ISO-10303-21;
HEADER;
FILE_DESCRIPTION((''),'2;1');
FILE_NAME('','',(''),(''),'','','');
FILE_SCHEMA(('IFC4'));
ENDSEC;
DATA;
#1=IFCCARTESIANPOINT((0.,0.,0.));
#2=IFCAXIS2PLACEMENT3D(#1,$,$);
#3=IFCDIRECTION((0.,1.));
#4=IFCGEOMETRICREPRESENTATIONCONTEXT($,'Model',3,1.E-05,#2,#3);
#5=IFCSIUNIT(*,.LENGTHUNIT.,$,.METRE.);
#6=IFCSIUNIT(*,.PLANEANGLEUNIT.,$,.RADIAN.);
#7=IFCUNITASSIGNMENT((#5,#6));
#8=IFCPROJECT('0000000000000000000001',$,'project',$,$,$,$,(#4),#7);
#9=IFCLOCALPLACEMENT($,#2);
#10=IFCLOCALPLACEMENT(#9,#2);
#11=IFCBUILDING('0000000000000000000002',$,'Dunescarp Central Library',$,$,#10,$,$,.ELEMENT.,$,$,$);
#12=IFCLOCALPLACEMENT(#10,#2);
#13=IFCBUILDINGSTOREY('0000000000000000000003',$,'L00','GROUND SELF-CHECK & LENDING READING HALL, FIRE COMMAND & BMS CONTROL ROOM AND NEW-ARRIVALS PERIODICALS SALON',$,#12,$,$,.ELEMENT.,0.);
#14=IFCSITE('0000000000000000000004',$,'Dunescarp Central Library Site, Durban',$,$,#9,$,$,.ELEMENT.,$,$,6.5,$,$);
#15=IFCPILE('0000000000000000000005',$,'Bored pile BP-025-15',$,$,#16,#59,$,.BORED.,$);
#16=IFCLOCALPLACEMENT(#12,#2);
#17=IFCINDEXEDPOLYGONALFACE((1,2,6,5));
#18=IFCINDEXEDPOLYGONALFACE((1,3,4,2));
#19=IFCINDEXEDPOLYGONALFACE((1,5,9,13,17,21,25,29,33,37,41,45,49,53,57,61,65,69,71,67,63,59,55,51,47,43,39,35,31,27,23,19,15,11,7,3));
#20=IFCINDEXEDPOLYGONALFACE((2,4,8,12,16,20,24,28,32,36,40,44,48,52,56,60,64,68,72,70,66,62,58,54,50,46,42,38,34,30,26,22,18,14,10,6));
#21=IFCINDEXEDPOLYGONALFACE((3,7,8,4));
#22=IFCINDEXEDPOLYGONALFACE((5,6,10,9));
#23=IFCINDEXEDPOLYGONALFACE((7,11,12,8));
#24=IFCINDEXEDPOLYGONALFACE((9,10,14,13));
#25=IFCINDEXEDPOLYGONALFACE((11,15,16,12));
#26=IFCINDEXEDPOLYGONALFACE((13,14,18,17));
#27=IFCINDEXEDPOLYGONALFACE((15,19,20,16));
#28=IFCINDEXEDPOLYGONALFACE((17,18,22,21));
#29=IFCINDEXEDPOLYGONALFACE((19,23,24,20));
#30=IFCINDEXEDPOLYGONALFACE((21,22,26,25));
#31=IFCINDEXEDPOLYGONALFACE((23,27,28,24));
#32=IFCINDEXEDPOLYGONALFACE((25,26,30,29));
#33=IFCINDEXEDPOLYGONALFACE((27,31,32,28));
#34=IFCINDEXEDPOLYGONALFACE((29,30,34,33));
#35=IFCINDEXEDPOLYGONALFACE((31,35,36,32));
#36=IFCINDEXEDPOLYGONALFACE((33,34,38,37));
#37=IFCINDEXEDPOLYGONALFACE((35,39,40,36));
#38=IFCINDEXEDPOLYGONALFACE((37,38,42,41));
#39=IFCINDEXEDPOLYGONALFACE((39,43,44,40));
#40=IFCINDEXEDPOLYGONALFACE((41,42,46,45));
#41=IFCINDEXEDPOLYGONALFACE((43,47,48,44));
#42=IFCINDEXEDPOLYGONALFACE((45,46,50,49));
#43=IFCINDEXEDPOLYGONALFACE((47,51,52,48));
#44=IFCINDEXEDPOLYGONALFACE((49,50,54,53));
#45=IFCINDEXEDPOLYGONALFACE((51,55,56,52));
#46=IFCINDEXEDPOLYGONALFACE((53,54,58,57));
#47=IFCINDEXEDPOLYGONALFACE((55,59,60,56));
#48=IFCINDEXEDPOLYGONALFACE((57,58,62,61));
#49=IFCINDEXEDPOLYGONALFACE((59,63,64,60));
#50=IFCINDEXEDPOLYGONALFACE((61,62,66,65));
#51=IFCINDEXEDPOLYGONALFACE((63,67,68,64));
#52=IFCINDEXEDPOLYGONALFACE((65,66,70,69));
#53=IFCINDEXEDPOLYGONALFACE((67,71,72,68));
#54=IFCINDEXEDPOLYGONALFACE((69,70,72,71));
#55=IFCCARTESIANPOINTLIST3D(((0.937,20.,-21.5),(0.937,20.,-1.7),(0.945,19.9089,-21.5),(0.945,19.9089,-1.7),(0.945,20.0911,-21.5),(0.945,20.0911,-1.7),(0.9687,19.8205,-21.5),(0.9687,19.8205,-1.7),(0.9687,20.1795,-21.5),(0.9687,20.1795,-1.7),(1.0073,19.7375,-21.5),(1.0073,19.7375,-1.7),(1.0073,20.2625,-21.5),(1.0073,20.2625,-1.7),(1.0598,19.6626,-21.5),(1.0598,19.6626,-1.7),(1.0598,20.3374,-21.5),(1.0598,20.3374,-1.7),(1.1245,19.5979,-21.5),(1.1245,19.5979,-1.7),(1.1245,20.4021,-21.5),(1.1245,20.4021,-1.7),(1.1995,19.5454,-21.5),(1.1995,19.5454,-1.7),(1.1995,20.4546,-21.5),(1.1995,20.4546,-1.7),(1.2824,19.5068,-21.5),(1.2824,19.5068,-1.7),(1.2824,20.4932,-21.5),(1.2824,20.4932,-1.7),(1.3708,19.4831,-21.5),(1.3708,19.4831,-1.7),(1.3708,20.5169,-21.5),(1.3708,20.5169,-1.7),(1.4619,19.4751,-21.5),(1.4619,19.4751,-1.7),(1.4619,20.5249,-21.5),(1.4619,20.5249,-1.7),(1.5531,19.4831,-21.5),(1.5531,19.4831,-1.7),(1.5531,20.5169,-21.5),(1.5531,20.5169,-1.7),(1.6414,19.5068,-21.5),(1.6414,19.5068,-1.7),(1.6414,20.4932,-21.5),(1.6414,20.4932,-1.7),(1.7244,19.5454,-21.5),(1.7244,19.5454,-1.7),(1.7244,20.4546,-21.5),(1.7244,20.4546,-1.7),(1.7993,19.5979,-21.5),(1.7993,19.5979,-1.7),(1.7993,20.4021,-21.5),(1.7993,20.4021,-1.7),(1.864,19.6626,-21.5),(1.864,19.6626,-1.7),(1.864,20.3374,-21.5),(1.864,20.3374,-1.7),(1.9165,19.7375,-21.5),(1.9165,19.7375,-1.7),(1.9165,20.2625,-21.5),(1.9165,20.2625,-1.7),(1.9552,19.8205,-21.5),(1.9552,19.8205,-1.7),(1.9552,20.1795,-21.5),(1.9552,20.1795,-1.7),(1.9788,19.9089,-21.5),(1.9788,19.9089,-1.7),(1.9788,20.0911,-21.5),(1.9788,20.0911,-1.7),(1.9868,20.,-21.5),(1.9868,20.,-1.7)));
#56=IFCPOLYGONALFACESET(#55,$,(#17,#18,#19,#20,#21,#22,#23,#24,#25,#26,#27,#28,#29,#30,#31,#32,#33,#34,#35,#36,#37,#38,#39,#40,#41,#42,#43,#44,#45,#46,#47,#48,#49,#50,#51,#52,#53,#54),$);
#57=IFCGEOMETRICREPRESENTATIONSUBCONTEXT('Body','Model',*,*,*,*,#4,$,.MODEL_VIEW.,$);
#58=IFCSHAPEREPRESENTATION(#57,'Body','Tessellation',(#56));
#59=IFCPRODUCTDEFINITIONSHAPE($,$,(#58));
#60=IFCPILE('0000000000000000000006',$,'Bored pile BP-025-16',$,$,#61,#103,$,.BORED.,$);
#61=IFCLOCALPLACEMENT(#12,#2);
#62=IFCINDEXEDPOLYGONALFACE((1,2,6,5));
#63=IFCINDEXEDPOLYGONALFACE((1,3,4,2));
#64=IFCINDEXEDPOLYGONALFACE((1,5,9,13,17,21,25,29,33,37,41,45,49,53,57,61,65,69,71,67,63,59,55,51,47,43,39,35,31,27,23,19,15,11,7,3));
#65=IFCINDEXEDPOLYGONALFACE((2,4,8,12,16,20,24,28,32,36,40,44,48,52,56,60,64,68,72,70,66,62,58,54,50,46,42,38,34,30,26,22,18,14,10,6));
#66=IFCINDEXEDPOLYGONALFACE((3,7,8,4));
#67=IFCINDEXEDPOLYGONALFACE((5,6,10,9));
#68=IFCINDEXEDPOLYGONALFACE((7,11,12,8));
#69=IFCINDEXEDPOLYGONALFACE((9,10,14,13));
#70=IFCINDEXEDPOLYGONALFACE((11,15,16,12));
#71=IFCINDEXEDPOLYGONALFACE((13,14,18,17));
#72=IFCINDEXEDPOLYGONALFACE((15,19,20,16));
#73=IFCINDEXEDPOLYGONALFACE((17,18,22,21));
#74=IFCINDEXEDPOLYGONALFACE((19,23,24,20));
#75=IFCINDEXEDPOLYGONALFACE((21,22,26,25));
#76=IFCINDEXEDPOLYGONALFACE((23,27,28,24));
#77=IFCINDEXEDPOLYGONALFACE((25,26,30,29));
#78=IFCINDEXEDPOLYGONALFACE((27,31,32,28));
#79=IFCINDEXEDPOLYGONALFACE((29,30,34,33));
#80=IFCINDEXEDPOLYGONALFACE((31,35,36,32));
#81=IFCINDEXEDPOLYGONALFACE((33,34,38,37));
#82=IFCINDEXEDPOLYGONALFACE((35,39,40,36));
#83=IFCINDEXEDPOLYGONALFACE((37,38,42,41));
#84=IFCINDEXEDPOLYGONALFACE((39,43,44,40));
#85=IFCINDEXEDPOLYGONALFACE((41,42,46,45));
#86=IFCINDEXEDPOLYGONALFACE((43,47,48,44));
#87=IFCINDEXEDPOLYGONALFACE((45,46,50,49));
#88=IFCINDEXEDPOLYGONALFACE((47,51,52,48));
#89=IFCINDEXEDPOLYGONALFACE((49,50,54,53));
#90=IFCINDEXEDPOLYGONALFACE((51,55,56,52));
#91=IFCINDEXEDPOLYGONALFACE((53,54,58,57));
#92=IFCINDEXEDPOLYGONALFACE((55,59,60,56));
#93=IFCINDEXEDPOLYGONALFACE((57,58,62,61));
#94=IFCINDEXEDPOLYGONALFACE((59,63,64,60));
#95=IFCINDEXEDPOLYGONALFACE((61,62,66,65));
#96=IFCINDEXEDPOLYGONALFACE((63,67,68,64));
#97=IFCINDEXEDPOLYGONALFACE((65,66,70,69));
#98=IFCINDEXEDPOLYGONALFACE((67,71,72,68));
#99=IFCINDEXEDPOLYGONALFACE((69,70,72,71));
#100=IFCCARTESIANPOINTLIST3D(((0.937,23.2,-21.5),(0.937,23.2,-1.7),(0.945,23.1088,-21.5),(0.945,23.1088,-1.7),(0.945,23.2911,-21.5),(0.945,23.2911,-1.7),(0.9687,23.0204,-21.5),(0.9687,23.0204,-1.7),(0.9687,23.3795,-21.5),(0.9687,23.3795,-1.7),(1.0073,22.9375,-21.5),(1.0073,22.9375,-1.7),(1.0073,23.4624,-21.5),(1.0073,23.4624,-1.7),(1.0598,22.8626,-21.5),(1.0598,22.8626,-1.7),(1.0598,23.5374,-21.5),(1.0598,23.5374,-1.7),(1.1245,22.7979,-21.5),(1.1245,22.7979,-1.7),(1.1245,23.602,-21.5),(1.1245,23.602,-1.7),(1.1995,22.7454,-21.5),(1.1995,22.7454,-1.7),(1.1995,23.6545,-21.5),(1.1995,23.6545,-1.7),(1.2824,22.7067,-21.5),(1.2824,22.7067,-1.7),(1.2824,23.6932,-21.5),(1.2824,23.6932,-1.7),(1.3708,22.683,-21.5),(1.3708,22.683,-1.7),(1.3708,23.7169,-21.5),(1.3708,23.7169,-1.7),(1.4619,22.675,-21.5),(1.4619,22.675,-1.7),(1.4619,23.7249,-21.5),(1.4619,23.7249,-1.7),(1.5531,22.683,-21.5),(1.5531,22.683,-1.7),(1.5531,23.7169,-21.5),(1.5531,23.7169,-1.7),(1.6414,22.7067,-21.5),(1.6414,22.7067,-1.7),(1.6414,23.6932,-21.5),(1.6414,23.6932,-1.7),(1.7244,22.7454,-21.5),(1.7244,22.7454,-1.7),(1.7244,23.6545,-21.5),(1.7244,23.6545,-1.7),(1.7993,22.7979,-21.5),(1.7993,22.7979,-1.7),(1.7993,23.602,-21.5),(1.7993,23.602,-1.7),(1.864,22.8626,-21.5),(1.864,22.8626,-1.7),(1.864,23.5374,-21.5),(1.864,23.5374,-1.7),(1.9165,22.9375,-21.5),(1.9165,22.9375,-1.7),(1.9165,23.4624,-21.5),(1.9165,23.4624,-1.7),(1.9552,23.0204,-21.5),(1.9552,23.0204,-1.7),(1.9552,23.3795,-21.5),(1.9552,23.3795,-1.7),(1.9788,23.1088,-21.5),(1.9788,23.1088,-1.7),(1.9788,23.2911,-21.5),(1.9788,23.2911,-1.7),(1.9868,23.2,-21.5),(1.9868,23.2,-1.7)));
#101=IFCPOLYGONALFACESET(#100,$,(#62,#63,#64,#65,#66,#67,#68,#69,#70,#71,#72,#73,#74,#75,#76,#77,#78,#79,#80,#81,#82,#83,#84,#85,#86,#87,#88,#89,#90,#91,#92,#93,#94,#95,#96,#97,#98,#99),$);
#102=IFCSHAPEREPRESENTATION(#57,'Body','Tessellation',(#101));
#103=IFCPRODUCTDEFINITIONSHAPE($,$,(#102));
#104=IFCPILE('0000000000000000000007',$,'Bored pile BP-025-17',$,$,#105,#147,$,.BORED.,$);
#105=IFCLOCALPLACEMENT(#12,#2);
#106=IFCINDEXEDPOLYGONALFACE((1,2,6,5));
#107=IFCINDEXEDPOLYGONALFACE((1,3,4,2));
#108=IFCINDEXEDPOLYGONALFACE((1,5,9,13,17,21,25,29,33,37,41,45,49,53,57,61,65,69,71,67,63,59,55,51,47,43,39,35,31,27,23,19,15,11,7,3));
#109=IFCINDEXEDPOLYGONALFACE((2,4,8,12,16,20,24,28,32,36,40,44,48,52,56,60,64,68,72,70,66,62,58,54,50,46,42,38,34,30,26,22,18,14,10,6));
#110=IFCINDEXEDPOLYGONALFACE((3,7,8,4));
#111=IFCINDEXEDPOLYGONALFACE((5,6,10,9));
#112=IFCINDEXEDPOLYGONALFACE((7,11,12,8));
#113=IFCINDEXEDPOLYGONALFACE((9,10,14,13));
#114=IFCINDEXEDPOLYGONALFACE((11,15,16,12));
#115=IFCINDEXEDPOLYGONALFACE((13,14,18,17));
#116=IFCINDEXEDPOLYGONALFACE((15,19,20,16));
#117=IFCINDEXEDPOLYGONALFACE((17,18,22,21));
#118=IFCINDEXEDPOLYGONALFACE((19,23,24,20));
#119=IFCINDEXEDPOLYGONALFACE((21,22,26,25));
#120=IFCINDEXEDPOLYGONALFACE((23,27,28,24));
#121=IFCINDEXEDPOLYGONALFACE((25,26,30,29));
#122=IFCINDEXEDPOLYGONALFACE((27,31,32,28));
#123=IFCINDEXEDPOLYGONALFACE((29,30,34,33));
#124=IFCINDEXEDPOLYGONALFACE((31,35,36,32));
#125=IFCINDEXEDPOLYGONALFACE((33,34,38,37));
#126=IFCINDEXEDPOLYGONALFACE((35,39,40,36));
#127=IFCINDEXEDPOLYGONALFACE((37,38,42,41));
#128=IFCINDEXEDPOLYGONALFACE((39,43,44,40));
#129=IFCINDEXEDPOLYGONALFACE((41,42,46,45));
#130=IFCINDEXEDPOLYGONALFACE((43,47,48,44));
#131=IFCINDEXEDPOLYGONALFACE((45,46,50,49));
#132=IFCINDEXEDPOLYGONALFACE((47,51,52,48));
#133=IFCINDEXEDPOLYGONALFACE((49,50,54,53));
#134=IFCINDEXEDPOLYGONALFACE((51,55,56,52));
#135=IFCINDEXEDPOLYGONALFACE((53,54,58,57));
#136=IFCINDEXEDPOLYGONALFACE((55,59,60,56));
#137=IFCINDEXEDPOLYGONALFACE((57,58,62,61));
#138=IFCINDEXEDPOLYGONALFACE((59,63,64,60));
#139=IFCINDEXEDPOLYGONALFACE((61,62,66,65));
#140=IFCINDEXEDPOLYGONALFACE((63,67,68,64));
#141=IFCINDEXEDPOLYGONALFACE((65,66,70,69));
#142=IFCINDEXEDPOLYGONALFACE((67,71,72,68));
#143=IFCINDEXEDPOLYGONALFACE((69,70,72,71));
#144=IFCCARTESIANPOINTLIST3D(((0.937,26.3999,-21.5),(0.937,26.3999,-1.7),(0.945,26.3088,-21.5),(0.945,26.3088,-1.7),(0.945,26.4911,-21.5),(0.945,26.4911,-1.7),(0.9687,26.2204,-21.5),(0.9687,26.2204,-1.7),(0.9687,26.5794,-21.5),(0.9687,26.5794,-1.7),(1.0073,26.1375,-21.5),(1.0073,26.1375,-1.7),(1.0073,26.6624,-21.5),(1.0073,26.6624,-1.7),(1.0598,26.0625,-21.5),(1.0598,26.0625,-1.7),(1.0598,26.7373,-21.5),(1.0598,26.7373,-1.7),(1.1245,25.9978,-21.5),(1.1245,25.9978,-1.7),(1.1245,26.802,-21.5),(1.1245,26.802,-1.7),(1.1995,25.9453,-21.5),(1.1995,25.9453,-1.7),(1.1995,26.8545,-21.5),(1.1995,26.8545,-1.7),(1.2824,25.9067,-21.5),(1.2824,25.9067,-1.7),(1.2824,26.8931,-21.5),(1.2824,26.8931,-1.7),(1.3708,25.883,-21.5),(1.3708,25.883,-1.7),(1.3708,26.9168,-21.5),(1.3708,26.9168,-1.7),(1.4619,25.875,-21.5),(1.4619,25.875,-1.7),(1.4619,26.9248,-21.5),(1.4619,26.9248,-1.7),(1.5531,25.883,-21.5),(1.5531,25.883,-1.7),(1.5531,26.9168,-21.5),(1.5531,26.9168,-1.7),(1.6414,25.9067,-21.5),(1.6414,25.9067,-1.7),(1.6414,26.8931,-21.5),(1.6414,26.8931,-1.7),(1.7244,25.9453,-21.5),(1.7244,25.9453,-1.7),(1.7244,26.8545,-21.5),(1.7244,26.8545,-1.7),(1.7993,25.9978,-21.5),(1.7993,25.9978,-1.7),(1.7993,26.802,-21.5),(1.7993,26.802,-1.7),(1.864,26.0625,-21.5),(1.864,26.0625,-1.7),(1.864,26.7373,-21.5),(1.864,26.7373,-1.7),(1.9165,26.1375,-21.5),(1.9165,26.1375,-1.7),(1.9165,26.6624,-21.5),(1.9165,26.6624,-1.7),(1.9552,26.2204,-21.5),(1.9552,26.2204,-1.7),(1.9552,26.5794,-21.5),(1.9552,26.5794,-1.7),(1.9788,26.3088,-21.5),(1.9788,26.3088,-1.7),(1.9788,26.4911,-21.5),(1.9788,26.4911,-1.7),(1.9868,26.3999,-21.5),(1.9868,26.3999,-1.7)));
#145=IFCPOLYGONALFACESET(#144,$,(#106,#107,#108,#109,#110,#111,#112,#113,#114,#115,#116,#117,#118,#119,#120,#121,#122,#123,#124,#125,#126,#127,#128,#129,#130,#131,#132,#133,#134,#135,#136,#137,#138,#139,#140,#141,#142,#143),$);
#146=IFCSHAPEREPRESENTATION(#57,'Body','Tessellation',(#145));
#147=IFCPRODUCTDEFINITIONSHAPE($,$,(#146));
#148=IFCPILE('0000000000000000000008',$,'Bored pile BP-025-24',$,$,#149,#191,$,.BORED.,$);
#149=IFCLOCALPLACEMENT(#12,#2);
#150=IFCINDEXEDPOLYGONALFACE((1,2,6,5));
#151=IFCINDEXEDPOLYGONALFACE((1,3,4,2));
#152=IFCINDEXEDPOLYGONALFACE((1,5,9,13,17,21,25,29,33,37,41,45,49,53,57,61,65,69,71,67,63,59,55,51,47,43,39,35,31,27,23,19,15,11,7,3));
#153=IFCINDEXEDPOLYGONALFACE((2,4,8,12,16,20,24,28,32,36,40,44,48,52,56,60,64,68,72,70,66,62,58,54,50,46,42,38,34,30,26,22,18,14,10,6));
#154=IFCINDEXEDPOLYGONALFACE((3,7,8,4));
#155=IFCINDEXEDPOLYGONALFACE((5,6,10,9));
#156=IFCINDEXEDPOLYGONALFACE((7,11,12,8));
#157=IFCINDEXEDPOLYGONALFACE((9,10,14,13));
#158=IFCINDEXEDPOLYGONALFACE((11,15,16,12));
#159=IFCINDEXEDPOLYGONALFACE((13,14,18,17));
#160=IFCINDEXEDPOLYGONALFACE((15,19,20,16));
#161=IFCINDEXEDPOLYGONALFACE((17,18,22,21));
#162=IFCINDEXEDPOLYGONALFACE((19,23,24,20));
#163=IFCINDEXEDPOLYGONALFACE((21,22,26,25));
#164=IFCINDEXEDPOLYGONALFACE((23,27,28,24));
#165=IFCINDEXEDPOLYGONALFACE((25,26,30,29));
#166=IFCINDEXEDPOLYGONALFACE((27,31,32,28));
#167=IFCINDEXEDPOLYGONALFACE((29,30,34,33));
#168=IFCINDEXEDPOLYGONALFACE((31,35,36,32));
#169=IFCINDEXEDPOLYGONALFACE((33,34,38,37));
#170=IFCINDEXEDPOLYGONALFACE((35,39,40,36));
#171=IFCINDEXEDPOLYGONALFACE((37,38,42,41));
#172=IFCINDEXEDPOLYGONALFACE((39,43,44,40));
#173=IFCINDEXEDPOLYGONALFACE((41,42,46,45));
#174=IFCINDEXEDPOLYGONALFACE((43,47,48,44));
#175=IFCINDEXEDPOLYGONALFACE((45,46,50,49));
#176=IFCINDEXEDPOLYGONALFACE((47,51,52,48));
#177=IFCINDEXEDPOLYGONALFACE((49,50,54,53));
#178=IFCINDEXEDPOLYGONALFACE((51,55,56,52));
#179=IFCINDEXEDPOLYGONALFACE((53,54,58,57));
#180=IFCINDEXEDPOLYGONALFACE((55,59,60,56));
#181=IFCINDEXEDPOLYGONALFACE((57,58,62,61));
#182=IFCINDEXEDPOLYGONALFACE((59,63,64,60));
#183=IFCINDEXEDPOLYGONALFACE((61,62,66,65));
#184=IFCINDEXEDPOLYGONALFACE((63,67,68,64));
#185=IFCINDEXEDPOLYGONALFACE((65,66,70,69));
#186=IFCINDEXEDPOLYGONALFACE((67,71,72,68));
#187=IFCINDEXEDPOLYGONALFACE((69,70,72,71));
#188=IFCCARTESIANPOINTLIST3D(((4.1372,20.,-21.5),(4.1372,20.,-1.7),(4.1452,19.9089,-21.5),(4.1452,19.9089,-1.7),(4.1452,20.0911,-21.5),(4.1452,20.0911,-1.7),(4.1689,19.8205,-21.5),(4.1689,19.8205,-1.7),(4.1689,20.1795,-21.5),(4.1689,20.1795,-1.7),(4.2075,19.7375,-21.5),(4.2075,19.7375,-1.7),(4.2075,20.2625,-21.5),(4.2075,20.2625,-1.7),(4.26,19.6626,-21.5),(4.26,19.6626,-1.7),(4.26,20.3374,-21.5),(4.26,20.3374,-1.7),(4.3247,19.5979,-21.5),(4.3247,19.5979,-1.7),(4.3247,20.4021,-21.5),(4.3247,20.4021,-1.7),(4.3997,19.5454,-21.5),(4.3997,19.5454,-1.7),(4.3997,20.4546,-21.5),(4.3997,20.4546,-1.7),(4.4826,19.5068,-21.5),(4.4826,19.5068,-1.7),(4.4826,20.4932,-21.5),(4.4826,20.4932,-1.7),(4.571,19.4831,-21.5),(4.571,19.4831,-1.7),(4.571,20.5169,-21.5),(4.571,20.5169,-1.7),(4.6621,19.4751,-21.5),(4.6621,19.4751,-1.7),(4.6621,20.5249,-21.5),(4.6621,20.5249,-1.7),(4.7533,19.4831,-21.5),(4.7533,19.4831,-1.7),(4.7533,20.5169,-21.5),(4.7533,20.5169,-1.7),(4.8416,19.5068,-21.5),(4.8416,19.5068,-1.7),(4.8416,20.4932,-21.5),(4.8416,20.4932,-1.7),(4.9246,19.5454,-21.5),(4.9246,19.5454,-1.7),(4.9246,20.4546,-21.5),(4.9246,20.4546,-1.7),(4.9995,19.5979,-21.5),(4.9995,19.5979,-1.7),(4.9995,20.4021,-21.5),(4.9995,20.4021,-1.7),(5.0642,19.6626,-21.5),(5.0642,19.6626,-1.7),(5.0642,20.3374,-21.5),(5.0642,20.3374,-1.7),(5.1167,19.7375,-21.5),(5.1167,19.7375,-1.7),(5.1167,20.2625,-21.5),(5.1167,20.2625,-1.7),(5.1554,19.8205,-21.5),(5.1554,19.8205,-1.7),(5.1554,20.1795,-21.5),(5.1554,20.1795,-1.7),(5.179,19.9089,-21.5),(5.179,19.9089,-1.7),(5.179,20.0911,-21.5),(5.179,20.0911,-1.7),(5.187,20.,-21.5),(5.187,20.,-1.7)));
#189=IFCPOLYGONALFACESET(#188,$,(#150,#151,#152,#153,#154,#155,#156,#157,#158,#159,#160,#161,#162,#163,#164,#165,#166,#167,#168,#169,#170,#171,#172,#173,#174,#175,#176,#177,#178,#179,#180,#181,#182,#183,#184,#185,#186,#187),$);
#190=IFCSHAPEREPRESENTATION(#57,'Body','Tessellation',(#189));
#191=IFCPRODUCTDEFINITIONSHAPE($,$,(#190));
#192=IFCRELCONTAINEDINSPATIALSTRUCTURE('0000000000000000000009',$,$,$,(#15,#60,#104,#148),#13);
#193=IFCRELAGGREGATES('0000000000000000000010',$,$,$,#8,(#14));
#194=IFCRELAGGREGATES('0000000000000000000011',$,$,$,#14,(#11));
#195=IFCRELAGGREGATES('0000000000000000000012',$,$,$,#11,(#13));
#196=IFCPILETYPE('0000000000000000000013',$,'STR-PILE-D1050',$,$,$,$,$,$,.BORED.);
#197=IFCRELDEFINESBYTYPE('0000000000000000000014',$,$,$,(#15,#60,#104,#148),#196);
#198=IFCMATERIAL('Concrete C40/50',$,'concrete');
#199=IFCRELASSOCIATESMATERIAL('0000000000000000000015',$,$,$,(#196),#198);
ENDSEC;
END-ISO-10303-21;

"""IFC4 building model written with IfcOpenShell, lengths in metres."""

from ifc_helpers import new_model, si_unit, direction, frame, origin, origin_2d, place, context, subcontext, project, spatial, circle, extrude, material, material_profile, profile_set, type_object, element, save


model = new_model("IFC4")

# Units and contexts
model_context = context("Model", 3, precision=1e-05, world=origin(), true_north=direction((0.0, 1.0)))
body_context = subcontext(model_context, "Body", "Model", "MODEL_VIEW")
ifc_project = project(units=[si_unit("LENGTHUNIT", "METRE"), si_unit("PLANEANGLEUNIT", "RADIAN")], contexts=[model_context])

# Site, building, storey
site_placement = place(None, origin())
site = spatial("IfcSite", under=ifc_project, at=site_placement, Name="Dunescarp Central Library Site, Durban", CompositionType="ELEMENT", RefElevation=6.5)
building_placement = place(site_placement, origin())
building = spatial("IfcBuilding", under=site, at=building_placement, Name="Dunescarp Central Library", CompositionType="ELEMENT")
storey_placement = place(building_placement, origin())
storey = spatial("IfcBuildingStorey", under=building, at=storey_placement, Name="L00", Description="GROUND SELF-CHECK & LENDING READING HALL, FIRE COMMAND & BMS CONTROL ROOM AND NEW-ARRIVALS PERIODICALS SALON", CompositionType="ELEMENT", Elevation=0.0)

# Piles
ifc_material_1 = material(Name="Concrete C40/50", Category="concrete")
ifc_material_profile_1 = material_profile(ifc_material_1, circle(Radius=0.5249, at=origin_2d()), Name="PILE D1050")
ifc_profile_set_1 = profile_set([ifc_material_profile_1], Name="Concrete C40/50")
pile_type = type_object("IfcPileType", Name="STR-PILE-D1050", PredefinedType="BORED", material=ifc_profile_set_1)
for number, where, z_axis, x_axis, name in (
    (1, (1.4619, 20.0, -1.7), (0.0, 0.0, -1.0), (1.0, 0.0, 0.0), "Bored pile BP-025-15"),
    (2, (1.4619, 23.2, -1.7), (0.0, 0.0, -1.0), (1.0, 0.0, 0.0), "Bored pile BP-025-16"),
    (3, (1.4619, 26.3999, -1.7), (0.0, 0.0, -1.0), (1.0, 0.0, 0.0), "Bored pile BP-025-17"),
    (4, (4.6621, 20.0, -1.7), (0.0, 0.0, -1.0), (1.0, 0.0, 0.0), "Bored pile BP-025-24"),
):
    element("IfcPile", number, at=place(storey_placement, frame(where, z_axis=z_axis, x_axis=x_axis)), inside=storey, type_object=pile_type, Name=name, PredefinedType="BORED", context=body_context, shape_type="SweptSolid", body=[
        extrude(circle(Radius=0.5249, at=origin_2d()), origin(), (0.0, 0.0, 1.0), 19.8),
    ])

save(model, "model.ifc")
